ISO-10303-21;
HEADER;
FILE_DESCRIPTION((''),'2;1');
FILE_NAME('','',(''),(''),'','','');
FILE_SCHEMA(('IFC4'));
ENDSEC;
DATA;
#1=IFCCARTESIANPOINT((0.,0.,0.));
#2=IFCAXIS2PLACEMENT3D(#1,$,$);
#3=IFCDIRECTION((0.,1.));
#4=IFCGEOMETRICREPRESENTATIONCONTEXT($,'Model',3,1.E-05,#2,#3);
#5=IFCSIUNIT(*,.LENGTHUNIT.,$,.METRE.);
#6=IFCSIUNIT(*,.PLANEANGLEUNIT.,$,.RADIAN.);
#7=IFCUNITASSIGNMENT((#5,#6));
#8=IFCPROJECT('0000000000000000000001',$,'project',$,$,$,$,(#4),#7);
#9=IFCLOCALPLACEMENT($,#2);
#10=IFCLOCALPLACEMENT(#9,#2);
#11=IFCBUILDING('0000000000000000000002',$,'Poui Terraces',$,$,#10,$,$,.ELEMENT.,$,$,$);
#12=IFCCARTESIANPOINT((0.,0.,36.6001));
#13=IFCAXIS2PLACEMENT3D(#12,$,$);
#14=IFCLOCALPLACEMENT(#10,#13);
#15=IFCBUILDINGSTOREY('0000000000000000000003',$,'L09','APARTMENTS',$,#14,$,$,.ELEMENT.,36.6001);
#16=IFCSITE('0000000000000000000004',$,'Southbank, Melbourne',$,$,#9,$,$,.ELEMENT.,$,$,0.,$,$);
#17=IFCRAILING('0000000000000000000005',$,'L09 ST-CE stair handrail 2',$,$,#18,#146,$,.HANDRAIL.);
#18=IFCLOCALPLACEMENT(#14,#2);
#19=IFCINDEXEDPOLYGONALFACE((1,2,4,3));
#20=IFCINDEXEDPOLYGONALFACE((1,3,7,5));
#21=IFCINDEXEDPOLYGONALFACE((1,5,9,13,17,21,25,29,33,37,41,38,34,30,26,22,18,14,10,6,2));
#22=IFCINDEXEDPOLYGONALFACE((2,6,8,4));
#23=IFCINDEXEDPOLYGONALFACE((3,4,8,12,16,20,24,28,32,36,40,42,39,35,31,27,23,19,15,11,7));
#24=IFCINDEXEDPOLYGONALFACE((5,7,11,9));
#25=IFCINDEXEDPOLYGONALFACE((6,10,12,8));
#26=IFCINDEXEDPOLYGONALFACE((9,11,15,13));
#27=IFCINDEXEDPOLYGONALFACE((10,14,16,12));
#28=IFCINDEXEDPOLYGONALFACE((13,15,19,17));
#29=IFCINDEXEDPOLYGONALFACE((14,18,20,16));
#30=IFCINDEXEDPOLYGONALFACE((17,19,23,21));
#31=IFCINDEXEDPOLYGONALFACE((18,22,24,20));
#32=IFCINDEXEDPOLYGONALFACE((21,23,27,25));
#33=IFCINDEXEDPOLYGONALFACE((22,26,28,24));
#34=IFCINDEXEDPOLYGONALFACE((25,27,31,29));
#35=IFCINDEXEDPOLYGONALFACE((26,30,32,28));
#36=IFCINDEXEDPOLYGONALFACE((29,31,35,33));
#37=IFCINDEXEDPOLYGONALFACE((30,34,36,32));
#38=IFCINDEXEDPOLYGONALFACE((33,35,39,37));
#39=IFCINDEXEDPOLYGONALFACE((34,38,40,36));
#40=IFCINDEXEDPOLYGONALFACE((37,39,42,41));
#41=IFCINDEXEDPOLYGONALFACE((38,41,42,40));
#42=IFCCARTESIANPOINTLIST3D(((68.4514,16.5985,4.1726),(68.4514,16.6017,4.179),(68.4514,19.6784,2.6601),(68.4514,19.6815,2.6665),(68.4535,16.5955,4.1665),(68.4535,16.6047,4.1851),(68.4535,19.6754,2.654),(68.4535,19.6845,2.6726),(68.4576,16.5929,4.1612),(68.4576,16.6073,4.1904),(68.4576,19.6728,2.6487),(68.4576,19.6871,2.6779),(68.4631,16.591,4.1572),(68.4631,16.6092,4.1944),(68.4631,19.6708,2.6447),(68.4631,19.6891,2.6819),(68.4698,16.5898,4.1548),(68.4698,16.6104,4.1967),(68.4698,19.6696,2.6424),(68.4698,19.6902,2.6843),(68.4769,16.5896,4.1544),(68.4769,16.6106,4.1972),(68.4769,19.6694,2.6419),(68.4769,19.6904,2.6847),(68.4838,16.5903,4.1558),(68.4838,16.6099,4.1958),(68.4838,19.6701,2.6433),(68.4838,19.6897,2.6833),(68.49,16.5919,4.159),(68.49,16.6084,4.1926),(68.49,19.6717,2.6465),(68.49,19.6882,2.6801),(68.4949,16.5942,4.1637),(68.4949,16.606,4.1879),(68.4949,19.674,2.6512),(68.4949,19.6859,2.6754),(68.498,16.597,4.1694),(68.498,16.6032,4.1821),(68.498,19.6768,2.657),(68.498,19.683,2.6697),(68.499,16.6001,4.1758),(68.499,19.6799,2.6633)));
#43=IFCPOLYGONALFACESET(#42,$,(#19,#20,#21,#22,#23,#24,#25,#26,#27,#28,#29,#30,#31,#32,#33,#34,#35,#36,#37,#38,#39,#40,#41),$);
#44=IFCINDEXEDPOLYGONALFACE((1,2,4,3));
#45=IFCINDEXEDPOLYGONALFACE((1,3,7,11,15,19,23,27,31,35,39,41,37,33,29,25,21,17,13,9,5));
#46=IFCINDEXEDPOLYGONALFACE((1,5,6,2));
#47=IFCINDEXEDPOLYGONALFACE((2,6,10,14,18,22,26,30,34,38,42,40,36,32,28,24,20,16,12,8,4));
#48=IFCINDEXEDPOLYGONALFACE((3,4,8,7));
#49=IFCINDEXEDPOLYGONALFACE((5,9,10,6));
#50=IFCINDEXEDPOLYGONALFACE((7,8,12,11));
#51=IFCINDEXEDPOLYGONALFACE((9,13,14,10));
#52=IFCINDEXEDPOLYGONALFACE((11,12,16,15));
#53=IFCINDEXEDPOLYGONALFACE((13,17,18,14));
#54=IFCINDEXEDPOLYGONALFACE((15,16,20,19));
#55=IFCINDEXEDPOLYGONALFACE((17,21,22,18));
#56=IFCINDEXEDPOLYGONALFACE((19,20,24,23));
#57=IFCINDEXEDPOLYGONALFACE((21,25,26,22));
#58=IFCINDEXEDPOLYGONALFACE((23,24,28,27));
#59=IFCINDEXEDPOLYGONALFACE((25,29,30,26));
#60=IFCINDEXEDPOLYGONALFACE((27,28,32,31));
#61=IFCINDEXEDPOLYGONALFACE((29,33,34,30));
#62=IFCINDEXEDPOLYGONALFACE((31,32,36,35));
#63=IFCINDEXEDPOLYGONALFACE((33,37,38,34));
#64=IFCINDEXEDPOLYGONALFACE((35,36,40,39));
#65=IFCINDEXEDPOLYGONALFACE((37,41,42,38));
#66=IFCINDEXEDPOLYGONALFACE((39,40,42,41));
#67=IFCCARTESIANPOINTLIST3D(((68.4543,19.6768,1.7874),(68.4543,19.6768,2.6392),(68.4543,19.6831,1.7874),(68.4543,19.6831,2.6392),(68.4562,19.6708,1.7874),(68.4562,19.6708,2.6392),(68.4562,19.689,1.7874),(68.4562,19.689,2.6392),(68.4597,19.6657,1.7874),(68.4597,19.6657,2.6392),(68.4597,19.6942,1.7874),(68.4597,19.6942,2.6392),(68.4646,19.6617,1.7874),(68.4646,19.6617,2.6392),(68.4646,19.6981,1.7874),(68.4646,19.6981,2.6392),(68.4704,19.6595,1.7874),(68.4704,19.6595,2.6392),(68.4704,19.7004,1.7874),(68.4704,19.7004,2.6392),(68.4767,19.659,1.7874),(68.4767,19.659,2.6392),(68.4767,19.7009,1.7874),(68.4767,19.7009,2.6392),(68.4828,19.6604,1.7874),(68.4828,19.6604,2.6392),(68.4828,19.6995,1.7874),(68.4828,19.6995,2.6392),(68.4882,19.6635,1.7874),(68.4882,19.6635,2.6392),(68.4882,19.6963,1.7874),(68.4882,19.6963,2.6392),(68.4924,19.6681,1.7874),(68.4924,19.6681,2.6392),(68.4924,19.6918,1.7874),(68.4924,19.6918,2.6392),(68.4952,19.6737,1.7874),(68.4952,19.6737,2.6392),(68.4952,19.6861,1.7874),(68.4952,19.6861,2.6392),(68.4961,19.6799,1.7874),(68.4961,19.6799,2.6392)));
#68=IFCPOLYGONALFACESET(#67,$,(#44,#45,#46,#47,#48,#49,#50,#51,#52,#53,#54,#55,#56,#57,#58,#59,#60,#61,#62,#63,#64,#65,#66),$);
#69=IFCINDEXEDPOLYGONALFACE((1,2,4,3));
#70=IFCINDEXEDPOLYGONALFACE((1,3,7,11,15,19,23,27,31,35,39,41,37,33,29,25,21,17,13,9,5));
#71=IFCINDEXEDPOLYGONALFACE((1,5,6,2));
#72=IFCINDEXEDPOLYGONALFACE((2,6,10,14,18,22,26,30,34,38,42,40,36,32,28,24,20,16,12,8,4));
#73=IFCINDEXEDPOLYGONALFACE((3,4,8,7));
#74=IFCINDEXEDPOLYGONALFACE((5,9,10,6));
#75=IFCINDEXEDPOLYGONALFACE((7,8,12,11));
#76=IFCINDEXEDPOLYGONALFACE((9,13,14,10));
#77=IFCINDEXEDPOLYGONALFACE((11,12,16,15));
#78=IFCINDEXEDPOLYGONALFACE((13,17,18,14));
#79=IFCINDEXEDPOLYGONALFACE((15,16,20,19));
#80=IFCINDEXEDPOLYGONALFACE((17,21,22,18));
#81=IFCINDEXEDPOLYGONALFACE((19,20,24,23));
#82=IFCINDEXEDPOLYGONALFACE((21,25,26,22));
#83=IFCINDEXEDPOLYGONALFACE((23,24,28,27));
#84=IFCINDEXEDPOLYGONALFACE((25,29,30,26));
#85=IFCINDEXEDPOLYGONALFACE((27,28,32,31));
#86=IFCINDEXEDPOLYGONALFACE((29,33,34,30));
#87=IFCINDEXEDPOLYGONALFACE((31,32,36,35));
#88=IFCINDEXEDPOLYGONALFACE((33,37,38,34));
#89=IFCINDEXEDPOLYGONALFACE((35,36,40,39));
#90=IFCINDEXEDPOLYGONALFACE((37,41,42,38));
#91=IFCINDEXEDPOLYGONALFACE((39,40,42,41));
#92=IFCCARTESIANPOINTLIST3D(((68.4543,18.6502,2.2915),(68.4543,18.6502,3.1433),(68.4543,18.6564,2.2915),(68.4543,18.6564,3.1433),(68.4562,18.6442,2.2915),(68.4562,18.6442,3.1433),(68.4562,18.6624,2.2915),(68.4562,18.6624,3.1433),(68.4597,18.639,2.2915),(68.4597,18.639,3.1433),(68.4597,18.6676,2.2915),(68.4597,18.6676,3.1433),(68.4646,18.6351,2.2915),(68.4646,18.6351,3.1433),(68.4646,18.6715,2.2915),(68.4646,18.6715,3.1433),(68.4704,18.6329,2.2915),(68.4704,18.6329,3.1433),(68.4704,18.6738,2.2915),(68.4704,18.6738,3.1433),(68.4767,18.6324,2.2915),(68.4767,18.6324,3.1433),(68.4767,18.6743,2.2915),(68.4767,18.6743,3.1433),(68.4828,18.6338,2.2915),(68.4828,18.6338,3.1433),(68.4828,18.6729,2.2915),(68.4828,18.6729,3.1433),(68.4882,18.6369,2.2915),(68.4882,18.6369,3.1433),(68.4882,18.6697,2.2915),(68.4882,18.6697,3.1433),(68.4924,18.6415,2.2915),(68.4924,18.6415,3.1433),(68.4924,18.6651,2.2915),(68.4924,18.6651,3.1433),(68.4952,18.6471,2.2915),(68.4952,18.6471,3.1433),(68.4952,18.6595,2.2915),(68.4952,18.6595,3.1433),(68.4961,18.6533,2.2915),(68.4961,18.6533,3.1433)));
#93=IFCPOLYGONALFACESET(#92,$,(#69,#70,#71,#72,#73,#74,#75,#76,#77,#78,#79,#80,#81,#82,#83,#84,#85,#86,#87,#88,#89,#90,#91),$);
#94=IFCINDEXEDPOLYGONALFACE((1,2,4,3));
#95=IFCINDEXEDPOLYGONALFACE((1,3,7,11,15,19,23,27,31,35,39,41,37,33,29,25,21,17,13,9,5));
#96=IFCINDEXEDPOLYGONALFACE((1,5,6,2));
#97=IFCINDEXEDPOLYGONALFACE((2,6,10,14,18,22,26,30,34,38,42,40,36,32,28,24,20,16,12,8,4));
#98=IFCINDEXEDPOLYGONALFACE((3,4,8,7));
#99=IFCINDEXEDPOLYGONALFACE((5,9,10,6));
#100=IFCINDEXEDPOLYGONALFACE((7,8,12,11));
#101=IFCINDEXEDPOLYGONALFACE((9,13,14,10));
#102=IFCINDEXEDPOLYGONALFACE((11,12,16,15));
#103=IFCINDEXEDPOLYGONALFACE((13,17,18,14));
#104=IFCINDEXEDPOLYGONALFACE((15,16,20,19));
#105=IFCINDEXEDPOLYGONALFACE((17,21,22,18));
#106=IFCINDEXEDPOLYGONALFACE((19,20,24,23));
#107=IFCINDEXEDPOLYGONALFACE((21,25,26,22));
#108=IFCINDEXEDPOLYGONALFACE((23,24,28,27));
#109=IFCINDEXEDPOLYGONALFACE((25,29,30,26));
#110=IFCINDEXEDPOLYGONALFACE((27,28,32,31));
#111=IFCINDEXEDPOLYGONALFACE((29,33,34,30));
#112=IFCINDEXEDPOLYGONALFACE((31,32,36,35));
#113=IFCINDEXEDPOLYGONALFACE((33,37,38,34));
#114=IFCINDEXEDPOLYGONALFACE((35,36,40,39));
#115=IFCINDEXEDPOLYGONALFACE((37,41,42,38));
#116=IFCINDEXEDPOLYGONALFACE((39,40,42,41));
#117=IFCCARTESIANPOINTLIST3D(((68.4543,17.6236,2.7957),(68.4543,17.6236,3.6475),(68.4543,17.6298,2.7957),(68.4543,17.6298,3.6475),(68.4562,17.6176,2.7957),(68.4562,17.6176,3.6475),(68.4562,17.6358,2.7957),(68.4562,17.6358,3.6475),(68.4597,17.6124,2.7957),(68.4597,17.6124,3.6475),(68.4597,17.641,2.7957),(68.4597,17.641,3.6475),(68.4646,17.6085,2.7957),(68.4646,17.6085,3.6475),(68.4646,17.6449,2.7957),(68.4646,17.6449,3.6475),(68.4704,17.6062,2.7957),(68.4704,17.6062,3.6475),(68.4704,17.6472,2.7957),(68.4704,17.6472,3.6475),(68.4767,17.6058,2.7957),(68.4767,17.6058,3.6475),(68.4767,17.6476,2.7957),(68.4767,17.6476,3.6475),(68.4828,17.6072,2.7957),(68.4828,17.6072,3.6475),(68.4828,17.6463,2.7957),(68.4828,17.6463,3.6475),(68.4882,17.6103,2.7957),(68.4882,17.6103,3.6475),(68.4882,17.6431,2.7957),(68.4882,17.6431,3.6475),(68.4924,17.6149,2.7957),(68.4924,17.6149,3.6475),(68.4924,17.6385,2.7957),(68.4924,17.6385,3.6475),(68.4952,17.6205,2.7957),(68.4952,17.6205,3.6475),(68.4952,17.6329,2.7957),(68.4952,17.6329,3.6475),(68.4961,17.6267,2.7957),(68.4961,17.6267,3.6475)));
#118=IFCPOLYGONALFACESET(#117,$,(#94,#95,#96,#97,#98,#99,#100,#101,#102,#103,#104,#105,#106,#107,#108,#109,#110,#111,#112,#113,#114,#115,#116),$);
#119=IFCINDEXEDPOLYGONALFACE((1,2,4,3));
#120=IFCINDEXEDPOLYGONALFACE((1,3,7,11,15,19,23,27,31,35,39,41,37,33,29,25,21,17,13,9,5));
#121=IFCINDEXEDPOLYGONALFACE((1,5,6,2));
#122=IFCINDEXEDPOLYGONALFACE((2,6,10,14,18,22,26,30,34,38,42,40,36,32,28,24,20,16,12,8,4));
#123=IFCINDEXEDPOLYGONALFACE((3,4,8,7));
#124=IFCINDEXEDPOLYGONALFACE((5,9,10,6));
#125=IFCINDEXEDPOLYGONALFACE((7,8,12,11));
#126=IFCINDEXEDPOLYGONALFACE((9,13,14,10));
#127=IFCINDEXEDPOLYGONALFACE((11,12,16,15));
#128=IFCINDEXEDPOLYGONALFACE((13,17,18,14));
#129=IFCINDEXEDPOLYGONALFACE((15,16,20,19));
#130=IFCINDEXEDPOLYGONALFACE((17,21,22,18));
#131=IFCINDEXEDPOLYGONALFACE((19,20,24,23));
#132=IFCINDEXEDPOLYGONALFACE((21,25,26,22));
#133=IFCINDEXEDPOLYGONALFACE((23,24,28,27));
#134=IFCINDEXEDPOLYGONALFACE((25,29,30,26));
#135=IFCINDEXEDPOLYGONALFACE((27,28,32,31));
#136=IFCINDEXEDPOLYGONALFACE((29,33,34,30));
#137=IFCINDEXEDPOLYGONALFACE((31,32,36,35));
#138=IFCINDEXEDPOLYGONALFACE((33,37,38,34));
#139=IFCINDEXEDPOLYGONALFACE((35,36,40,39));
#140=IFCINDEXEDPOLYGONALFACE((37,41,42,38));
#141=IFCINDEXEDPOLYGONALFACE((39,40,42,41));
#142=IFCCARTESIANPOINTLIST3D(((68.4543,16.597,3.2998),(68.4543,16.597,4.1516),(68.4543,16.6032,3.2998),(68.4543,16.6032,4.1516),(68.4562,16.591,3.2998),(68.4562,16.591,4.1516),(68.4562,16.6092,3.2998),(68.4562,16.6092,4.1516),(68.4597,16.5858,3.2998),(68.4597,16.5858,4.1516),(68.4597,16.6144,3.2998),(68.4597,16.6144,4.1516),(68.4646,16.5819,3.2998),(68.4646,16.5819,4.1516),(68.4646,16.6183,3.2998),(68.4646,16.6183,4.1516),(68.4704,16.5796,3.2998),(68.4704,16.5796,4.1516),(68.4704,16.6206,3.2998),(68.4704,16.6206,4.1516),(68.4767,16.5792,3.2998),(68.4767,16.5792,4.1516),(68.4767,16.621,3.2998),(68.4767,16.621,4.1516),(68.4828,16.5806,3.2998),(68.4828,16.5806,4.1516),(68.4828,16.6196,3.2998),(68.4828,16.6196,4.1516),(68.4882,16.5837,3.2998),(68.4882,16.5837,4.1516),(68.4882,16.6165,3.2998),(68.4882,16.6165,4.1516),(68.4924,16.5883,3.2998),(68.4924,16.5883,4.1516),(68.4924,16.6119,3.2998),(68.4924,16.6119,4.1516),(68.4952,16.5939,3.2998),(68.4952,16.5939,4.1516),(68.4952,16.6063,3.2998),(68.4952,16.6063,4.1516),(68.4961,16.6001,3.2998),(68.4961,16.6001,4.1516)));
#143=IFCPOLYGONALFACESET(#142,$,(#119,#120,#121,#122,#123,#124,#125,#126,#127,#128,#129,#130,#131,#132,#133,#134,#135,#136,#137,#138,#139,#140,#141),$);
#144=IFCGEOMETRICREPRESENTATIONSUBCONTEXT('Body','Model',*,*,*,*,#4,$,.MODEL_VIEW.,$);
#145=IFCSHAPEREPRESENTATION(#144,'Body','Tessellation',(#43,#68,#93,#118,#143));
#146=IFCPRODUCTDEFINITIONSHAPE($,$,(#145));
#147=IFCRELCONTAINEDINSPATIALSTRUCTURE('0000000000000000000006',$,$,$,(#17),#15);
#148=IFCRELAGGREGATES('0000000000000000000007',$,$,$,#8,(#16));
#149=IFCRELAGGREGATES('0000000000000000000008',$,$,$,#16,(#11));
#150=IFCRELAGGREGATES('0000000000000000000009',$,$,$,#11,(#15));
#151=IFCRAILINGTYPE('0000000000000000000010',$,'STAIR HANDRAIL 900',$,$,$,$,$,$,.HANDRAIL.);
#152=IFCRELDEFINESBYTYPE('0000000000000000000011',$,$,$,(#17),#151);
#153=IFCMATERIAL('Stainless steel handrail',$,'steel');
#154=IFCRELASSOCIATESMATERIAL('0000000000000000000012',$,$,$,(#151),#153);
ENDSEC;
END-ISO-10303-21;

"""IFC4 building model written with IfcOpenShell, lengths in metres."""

from ifc_helpers import new_model, si_unit, direction, frame, origin, origin_2d, place, context, subcontext, project, spatial, circle, extrude, material, type_object, element, save


model = new_model("IFC4")

# Units and contexts
model_context = context("Model", 3, precision=1e-05, world=origin(), true_north=direction((0.0, 1.0)))
body_context = subcontext(model_context, "Body", "Model", "MODEL_VIEW")
ifc_project = project(units=[si_unit("LENGTHUNIT", "METRE"), si_unit("PLANEANGLEUNIT", "RADIAN")], contexts=[model_context])

# Site, building, storey
site_placement = place(None, origin())
site = spatial("IfcSite", under=ifc_project, at=site_placement, Name="Southbank, Melbourne", CompositionType="ELEMENT", RefElevation=0.0)
building_placement = place(site_placement, origin())
building = spatial("IfcBuilding", under=site, at=building_placement, Name="Poui Terraces", CompositionType="ELEMENT")
storey_placement = place(building_placement, frame((0.0, 0.0, 36.6001)))
storey = spatial("IfcBuildingStorey", under=building, at=storey_placement, Name="L09", Description="APARTMENTS", CompositionType="ELEMENT", Elevation=36.6001)

# Railing
ifc_material_1 = material(Name="Stainless steel handrail", Category="steel")
railing_type_1 = type_object("IfcRailingType", Name="STAIR HANDRAIL 900", PredefinedType="HANDRAIL", material=ifc_material_1)
railing_1_placement = place(storey_placement, frame((68.4751, 19.6799, 1.7874)))
element("IfcRailing", 1, at=railing_1_placement, inside=storey, type_object=railing_type_1, Name="L09 ST-CE stair handrail 2", PredefinedType="HANDRAIL", context=body_context, shape_type="SweptSolid", body=[
    extrude(circle(Radius=0.0239, at=origin_2d()), frame((0.0, 0.0, 0.876), z_axis=(0.0, -0.897606, 0.440798), x_axis=(1.0, 0.0, 0.0)), (0.0, 0.0, 1.0), 3.4312),
    extrude(circle(Radius=0.021, at=origin_2d()), origin(), (0.0, 0.0, 1.0), 0.8518),
    extrude(circle(Radius=0.021, at=origin_2d()), frame((0.0, -1.0266, 0.5042)), (0.0, 0.0, 1.0), 0.8518),
    extrude(circle(Radius=0.021, at=origin_2d()), frame((0.0, -2.0532, 1.0083)), (0.0, 0.0, 1.0), 0.8518),
    extrude(circle(Radius=0.021, at=origin_2d()), frame((0.0, -3.0798, 1.5125)), (0.0, 0.0, 1.0), 0.8518),
])

save(model, "model.ifc")
